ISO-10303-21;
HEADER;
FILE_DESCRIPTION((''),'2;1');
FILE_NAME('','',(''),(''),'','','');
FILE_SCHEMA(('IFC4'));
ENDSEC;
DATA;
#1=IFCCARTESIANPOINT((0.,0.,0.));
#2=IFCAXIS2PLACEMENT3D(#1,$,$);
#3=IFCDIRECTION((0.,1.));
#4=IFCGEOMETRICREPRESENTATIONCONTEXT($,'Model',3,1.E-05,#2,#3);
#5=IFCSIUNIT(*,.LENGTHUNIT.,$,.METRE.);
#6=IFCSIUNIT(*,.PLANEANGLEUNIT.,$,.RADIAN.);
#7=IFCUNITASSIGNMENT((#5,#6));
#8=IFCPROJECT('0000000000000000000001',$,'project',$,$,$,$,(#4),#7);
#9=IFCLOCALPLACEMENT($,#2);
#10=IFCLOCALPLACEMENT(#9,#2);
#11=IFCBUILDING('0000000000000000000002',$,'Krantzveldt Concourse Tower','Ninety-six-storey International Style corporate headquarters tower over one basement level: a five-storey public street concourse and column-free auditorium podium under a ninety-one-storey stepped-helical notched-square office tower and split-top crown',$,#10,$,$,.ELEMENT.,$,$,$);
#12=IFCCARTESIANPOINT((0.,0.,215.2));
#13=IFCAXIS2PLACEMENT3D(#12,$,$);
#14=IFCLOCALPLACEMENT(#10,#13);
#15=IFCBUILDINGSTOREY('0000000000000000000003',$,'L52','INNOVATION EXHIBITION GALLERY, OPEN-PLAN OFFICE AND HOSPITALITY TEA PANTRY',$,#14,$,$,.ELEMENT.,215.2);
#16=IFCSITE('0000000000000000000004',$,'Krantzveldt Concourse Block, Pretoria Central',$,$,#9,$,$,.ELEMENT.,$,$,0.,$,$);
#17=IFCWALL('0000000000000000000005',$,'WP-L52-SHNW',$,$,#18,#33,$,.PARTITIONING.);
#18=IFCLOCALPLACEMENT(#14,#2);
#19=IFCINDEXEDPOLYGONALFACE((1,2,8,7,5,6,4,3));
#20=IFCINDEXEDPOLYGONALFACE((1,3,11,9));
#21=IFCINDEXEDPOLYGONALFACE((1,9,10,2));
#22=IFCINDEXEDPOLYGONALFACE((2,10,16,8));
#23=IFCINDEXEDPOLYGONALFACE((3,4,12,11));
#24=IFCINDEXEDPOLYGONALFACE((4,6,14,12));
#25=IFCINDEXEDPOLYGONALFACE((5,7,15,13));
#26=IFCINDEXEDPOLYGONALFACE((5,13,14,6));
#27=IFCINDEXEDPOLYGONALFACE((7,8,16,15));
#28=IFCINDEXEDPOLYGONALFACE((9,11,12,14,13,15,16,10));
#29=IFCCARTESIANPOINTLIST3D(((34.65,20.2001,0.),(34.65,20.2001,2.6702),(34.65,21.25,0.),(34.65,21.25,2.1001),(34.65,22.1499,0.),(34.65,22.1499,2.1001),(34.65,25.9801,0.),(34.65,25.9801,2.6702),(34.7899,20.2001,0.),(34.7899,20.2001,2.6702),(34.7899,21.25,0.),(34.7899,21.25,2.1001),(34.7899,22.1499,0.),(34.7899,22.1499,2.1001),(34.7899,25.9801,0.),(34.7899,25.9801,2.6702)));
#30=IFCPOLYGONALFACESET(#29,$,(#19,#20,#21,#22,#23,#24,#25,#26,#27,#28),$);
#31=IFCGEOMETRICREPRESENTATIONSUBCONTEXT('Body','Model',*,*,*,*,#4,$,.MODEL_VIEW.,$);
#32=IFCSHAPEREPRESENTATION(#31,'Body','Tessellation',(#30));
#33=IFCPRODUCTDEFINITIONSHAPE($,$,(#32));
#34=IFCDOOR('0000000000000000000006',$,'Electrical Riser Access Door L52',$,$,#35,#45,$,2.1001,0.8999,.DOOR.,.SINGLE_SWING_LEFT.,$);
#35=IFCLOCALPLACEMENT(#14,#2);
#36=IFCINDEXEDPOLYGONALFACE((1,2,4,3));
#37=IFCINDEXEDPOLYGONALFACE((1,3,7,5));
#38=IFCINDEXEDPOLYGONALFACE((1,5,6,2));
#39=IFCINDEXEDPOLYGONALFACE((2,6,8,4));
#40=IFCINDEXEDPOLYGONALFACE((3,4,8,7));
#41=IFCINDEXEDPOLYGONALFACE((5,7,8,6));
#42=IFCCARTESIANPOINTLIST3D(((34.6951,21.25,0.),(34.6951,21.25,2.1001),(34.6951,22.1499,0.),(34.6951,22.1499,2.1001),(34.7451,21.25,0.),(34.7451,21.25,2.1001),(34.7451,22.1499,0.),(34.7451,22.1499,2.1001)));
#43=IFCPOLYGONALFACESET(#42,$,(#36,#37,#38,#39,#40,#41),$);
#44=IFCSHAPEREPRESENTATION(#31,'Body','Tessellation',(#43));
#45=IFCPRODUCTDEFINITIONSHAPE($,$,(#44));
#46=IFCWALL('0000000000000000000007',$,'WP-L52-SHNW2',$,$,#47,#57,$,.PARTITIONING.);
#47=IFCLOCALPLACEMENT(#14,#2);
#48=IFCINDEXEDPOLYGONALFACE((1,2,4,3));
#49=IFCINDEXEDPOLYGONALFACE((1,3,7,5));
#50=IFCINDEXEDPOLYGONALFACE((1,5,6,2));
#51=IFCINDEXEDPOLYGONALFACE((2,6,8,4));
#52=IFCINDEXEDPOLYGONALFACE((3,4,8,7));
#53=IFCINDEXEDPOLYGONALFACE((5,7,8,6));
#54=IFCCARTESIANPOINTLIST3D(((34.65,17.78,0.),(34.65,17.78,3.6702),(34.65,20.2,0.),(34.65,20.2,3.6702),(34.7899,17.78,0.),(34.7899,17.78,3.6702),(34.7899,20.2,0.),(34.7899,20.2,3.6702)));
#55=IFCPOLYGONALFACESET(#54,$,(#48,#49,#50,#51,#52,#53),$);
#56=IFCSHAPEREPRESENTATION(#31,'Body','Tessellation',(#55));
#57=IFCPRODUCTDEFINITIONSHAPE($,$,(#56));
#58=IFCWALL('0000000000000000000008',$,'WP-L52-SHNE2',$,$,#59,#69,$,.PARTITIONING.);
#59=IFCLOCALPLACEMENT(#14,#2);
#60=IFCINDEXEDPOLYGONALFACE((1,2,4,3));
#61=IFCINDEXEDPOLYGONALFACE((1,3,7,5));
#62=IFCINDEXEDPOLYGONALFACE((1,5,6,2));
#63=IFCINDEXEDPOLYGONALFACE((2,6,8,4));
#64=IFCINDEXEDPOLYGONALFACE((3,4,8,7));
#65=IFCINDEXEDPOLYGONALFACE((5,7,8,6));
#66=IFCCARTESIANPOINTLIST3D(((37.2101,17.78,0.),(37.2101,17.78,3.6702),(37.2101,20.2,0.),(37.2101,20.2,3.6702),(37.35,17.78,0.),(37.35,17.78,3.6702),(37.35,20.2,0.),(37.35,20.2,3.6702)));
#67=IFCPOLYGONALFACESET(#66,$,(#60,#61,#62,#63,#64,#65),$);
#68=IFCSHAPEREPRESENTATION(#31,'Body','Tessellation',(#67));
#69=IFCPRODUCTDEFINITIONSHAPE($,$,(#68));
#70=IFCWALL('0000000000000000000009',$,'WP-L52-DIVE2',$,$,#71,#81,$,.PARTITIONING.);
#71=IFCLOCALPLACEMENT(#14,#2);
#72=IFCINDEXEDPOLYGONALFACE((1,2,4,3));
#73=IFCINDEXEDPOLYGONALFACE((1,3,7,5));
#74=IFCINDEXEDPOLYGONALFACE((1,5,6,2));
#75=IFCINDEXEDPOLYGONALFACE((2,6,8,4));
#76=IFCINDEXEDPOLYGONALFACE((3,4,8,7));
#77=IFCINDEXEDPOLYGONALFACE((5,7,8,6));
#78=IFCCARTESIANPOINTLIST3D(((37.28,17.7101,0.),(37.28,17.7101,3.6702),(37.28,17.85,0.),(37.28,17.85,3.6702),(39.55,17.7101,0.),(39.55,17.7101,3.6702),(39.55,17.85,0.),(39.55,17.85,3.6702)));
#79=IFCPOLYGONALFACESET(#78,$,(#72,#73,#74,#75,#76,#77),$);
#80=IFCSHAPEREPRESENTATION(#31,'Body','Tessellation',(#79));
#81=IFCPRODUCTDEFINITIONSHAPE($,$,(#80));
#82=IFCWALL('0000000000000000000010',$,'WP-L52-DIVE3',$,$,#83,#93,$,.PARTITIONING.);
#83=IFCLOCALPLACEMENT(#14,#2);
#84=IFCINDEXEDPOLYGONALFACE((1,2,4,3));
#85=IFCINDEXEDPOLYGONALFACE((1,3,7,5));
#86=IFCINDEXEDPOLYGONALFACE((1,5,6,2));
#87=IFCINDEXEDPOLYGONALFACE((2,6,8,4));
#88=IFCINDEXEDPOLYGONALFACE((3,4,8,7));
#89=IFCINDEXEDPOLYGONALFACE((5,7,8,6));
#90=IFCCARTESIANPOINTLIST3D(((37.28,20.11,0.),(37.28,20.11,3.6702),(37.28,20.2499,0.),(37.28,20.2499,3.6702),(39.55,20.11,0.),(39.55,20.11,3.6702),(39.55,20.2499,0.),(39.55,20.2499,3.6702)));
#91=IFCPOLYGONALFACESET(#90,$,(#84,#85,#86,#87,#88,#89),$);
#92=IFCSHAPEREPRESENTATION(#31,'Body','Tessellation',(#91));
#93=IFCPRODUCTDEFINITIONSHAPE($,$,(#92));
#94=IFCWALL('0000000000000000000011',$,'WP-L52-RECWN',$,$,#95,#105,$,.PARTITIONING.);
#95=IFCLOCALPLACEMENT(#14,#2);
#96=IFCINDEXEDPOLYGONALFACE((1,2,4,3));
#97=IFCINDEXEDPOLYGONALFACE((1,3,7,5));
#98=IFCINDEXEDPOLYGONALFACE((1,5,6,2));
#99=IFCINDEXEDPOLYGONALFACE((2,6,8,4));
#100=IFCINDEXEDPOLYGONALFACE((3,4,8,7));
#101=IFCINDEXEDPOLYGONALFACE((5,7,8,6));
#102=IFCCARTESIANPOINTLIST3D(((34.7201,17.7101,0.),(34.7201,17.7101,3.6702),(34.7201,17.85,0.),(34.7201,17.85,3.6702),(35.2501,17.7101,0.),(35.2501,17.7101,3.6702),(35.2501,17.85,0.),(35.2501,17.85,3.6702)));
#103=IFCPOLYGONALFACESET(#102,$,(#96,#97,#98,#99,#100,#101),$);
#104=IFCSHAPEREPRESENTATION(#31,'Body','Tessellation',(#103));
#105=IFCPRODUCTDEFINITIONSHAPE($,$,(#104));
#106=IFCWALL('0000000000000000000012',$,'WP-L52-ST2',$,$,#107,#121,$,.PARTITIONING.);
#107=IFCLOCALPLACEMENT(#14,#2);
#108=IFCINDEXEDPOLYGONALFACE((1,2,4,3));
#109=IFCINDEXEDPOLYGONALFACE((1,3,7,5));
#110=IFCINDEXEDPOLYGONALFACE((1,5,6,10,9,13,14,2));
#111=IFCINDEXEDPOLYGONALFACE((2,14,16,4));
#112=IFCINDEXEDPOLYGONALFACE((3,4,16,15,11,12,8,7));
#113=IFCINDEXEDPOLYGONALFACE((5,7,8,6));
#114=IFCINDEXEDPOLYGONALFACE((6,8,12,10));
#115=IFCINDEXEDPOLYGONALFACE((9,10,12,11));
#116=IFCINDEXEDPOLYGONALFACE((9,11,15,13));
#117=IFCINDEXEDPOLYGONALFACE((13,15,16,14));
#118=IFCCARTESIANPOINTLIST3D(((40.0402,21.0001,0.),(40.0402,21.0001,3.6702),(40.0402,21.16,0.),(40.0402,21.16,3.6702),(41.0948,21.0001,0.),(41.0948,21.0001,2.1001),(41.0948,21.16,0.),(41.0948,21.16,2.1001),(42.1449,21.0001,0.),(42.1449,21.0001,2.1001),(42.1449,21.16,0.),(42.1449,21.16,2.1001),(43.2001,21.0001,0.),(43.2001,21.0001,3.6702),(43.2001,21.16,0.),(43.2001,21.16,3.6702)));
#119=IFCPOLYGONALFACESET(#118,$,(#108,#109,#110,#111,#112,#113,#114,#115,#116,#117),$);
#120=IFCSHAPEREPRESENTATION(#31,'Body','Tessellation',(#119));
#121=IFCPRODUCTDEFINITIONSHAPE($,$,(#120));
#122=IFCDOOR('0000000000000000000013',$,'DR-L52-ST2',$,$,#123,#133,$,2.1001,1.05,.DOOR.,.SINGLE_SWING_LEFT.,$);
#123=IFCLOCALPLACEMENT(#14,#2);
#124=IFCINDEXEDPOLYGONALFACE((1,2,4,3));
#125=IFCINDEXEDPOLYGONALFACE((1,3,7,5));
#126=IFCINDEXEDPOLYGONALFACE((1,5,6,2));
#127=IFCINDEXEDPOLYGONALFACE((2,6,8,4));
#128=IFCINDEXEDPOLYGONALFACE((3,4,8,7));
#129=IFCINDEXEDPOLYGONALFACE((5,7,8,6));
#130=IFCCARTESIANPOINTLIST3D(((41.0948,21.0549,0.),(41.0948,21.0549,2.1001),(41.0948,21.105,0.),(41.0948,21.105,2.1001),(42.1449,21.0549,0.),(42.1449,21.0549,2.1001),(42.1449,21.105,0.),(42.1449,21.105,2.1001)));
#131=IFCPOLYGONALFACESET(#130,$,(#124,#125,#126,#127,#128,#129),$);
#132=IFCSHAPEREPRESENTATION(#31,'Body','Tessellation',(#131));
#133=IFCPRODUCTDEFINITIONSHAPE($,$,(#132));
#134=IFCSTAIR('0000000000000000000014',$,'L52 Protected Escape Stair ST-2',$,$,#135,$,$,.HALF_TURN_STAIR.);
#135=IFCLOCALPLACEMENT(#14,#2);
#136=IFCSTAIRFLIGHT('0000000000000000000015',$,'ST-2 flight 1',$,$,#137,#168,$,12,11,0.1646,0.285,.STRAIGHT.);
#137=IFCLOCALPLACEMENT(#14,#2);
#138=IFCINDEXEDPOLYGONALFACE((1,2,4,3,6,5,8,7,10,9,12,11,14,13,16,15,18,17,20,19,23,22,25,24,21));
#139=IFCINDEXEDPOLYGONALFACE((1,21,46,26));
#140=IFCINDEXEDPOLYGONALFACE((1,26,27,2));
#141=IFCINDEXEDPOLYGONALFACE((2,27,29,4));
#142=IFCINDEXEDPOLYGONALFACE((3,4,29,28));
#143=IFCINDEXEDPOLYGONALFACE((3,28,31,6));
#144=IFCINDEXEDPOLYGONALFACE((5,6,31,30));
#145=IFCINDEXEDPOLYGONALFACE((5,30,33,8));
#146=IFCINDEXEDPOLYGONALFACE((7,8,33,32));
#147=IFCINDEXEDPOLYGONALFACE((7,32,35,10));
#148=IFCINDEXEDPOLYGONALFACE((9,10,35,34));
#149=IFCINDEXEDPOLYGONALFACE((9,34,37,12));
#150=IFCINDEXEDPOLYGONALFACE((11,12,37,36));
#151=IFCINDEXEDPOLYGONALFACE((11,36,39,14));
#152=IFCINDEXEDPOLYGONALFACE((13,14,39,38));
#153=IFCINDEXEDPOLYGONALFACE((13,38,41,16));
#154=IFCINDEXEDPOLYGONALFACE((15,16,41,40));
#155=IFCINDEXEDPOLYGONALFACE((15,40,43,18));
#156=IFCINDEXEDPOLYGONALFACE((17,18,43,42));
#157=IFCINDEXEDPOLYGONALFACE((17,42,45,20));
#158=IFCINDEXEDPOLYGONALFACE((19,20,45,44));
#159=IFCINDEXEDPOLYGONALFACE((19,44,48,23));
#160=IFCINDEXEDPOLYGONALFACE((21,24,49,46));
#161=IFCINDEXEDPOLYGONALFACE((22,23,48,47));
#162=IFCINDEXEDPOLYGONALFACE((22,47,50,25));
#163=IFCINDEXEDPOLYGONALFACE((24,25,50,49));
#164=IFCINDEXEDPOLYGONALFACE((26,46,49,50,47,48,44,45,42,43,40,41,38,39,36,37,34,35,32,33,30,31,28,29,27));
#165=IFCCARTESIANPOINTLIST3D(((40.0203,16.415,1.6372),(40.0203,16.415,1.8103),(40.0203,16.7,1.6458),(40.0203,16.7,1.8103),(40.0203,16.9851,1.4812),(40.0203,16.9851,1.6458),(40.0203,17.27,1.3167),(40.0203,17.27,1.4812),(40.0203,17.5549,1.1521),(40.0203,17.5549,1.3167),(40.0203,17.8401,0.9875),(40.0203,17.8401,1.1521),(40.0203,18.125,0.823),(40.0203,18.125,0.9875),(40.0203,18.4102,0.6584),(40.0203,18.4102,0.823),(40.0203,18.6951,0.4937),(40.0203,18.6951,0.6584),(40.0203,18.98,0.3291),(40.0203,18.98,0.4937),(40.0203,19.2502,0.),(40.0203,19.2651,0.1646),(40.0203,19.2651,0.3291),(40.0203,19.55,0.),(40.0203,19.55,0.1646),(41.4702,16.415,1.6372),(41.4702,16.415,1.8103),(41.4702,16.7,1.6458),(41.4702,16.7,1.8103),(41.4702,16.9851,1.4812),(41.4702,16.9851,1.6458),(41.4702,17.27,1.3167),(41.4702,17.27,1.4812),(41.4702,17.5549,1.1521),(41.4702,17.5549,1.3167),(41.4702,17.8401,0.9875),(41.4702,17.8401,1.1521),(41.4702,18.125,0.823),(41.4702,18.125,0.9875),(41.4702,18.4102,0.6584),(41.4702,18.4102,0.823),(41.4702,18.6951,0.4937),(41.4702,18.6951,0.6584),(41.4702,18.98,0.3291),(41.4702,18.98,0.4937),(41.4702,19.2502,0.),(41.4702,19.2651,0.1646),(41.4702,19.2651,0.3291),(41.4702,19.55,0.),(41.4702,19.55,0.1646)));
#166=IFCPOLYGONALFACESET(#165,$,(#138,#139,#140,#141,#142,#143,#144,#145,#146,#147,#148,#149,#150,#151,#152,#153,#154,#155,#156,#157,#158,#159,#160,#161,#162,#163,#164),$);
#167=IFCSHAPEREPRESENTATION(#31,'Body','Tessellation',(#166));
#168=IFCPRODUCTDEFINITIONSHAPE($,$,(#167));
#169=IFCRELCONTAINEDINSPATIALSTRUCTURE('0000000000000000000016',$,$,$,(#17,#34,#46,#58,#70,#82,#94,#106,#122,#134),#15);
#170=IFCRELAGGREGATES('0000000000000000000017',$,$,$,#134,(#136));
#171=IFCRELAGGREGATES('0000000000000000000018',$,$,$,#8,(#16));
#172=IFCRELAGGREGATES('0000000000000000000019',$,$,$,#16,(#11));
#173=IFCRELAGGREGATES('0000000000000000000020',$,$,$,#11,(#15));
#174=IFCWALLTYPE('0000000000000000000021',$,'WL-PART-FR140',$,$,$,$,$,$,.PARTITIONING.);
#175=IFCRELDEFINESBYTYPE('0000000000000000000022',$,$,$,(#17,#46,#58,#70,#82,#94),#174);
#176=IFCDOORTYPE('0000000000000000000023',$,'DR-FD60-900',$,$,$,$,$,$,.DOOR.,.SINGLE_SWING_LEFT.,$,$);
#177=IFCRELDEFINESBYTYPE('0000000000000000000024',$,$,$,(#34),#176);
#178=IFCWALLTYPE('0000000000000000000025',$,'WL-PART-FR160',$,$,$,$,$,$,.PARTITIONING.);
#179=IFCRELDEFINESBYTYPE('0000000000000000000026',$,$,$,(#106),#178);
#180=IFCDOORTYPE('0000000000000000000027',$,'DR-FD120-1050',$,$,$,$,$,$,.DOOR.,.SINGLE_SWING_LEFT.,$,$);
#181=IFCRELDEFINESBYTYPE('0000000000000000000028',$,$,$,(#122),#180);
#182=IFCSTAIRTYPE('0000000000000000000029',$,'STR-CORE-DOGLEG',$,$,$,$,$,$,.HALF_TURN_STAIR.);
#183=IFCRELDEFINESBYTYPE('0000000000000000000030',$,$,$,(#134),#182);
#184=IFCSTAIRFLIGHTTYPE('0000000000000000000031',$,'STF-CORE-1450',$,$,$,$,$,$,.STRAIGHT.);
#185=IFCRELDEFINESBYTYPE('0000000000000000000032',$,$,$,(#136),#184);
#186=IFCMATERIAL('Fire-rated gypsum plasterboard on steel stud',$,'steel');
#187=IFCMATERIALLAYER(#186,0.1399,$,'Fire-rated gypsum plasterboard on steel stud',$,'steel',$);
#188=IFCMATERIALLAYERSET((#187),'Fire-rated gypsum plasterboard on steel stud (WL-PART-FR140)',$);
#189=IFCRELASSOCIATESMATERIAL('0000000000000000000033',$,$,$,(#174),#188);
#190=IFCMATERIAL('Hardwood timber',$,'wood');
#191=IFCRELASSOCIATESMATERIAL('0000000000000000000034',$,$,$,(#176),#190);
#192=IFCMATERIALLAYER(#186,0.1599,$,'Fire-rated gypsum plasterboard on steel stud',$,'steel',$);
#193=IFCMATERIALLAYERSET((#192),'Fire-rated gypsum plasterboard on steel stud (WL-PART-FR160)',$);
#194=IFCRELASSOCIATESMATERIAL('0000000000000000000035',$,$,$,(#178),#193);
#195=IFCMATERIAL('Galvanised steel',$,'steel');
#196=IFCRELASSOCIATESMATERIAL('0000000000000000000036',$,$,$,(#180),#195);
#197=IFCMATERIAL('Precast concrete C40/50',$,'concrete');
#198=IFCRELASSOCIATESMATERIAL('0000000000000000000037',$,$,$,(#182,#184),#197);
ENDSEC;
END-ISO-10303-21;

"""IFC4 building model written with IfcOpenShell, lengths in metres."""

from ifc_helpers import new_model, si_unit, direction, frame, frame_2d, origin, place, context, subcontext, project, spatial, polyline, rectangle, outline, extrude, material, layer, layer_set, type_object, element, fill, aggregate, save


model = new_model("IFC4")

# Units and contexts
model_context = context("Model", 3, precision=1e-05, world=origin(), true_north=direction((0.0, 1.0)))
body_context = subcontext(model_context, "Body", "Model", "MODEL_VIEW")
ifc_project = project(units=[si_unit("LENGTHUNIT", "METRE"), si_unit("PLANEANGLEUNIT", "RADIAN")], contexts=[model_context])

# Site, building, storey
site_placement = place(None, origin())
site = spatial("IfcSite", under=ifc_project, at=site_placement, Name="Krantzveldt Concourse Block, Pretoria Central", CompositionType="ELEMENT", RefElevation=0.0)
building_placement = place(site_placement, origin())
building = spatial("IfcBuilding", under=site, at=building_placement, Name="Krantzveldt Concourse Tower", Description="Ninety-six-storey International Style corporate headquarters tower over one basement level: a five-storey public street concourse and column-free auditorium podium under a ninety-one-storey stepped-helical notched-square office tower and split-top crown", CompositionType="ELEMENT")
storey_placement = place(building_placement, frame((0.0, 0.0, 215.2)))
storey = spatial("IfcBuildingStorey", under=building, at=storey_placement, Name="L52", Description="INNOVATION EXHIBITION GALLERY, OPEN-PLAN OFFICE AND HOSPITALITY TEA PANTRY", CompositionType="ELEMENT", Elevation=215.2)

# Wall, opening, door
ifc_material_1 = material(Name="Fire-rated gypsum plasterboard on steel stud", Category="steel")
ifc_layer_1 = layer(ifc_material_1, 0.1399, Name="Fire-rated gypsum plasterboard on steel stud", Category="steel")
ifc_layer_set_1 = layer_set([ifc_layer_1], Name="Fire-rated gypsum plasterboard on steel stud (WL-PART-FR140)")
wall_type_1 = type_object("IfcWallType", Name="WL-PART-FR140", PredefinedType="PARTITIONING", material=ifc_layer_set_1)
wall_1_placement = place(storey_placement, frame((34.72, 20.2, 0.0), z_axis=(0.0, 0.0, 1.0), x_axis=(0.0, 1.0, 0.0)))
wall_1 = element("IfcWall", 1, at=wall_1_placement, inside=storey, type_object=wall_type_1, Name="WP-L52-SHNW", PredefinedType="PARTITIONING", context=body_context, shape_type="SweptSolid", body=[
    extrude(rectangle(XDim=5.78, YDim=0.1399, at=frame_2d((2.8901, 0.0))), origin(), (0.0, 0.0, 1.0), 2.6702),
])
opening_1_placement = place(wall_1_placement, frame((1.05, 0.0, 0.0)))
opening_1 = element("IfcOpeningElement", 2, at=opening_1_placement, cuts=wall_1, PredefinedType="OPENING", context=body_context, shape_type="SweptSolid", body=[
    extrude(rectangle(XDim=0.8999, YDim=2.1001, at=frame_2d((0.45, 1.05))), frame((0.0, 0.0801, 0.0), z_axis=(0.0, -1.0, 0.0), x_axis=(1.0, 0.0, 0.0)), (0.0, 0.0, 1.0), 0.1599),
])
ifc_material_2 = material(Name="Hardwood timber", Category="wood")
door_type_1 = type_object("IfcDoorType", Name="DR-FD60-900", OperationType="SINGLE_SWING_LEFT", PredefinedType="DOOR", material=ifc_material_2)
door_1_placement = place(opening_1_placement, origin())
door_1 = element("IfcDoor", 3, at=door_1_placement, inside=storey, type_object=door_type_1, Name="Electrical Riser Access Door L52", OperationType="SINGLE_SWING_LEFT", OverallHeight=2.1001, OverallWidth=0.8999, PredefinedType="DOOR", context=body_context, shape_type="SweptSolid", body=[
    extrude(rectangle(XDim=0.8999, YDim=2.1001, at=frame_2d((0.45, 1.05))), frame((0.0, 0.0249, 0.0), z_axis=(0.0, -1.0, 0.0), x_axis=(1.0, 0.0, 0.0)), (0.0, 0.0, 1.0), 0.05),
])
fill(opening_1, door_1)

# Walls
for number, where, z_axis, x_axis, name in (
    (4, (34.72, 17.78, 0.0), (0.0, 0.0, 1.0), (0.0, 1.0, 0.0), "WP-L52-SHNW2"),
    (5, (37.28, 17.78, 0.0), (0.0, 0.0, 1.0), (0.0, 1.0, 0.0), "WP-L52-SHNE2"),
):
    element("IfcWall", number, at=place(storey_placement, frame(where, z_axis=z_axis, x_axis=x_axis)), inside=storey, type_object=wall_type_1, Name=name, PredefinedType="PARTITIONING", context=body_context, shape_type="SweptSolid", body=[
        extrude(rectangle(XDim=2.4199, YDim=0.1399, at=frame_2d((1.21, 0.0))), origin(), (0.0, 0.0, 1.0), 3.6702),
    ])
for number, where, z_axis, x_axis, name in (
    (6, (37.28, 17.78, 0.0), (0.0, 0.0, 1.0), (1.0, 0.0, 0.0), "WP-L52-DIVE2"),
    (7, (37.28, 20.1799, 0.0), (0.0, 0.0, 1.0), (1.0, 0.0, 0.0), "WP-L52-DIVE3"),
):
    element("IfcWall", number, at=place(storey_placement, frame(where, z_axis=z_axis, x_axis=x_axis)), inside=storey, type_object=wall_type_1, Name=name, PredefinedType="PARTITIONING", context=body_context, shape_type="SweptSolid", body=[
        extrude(rectangle(XDim=2.27, YDim=0.1399, at=frame_2d((1.135, 0.0))), origin(), (0.0, 0.0, 1.0), 3.6702),
    ])
wall_2_placement = place(storey_placement, frame((34.72, 17.78, 0.0), z_axis=(0.0, 0.0, 1.0), x_axis=(1.0, 0.0, 0.0)))
element("IfcWall", 8, at=wall_2_placement, inside=storey, type_object=wall_type_1, Name="WP-L52-RECWN", PredefinedType="PARTITIONING", context=body_context, shape_type="SweptSolid", body=[
    extrude(rectangle(XDim=0.53, YDim=0.1399, at=frame_2d((0.2651, 0.0))), origin(), (0.0, 0.0, 1.0), 3.6702),
])

# Wall, opening, door
ifc_layer_2 = layer(ifc_material_1, 0.1599, Name="Fire-rated gypsum plasterboard on steel stud", Category="steel")
ifc_layer_set_2 = layer_set([ifc_layer_2], Name="Fire-rated gypsum plasterboard on steel stud (WL-PART-FR160)")
wall_type_2 = type_object("IfcWallType", Name="WL-PART-FR160", PredefinedType="PARTITIONING", material=ifc_layer_set_2)
wall_3_placement = place(storey_placement, frame((40.04, 21.0801, 0.0), z_axis=(0.0, 0.0, 1.0), x_axis=(1.0, 0.0, 0.0)))
wall_3 = element("IfcWall", 9, at=wall_3_placement, inside=storey, type_object=wall_type_2, Name="WP-L52-ST2", PredefinedType="PARTITIONING", context=body_context, shape_type="SweptSolid", body=[
    extrude(rectangle(XDim=3.1599, YDim=0.1599, at=frame_2d((1.5801, 0.0))), origin(), (0.0, 0.0, 1.0), 3.6702),
])
opening_2_placement = place(wall_3_placement, frame((1.0549, 0.0, 0.0)))
opening_2 = element("IfcOpeningElement", 10, at=opening_2_placement, cuts=wall_3, PredefinedType="OPENING", context=body_context, shape_type="SweptSolid", body=[
    extrude(rectangle(XDim=1.05, YDim=2.1001, at=frame_2d((0.5249, 1.05))), frame((0.0, 0.0898, 0.0), z_axis=(0.0, -1.0, 0.0), x_axis=(1.0, 0.0, 0.0)), (0.0, 0.0, 1.0), 0.1799),
])
ifc_material_3 = material(Name="Galvanised steel", Category="steel")
door_type_2 = type_object("IfcDoorType", Name="DR-FD120-1050", OperationType="SINGLE_SWING_LEFT", PredefinedType="DOOR", material=ifc_material_3)
door_2_placement = place(opening_2_placement, origin())
door_2 = element("IfcDoor", 11, at=door_2_placement, inside=storey, type_object=door_type_2, Name="DR-L52-ST2", OperationType="SINGLE_SWING_LEFT", OverallHeight=2.1001, OverallWidth=1.05, PredefinedType="DOOR", context=body_context, shape_type="SweptSolid", body=[
    extrude(rectangle(XDim=1.05, YDim=2.1001, at=frame_2d((0.5249, 1.05))), frame((0.0, 0.0249, 0.0), z_axis=(0.0, -1.0, 0.0), x_axis=(1.0, 0.0, 0.0)), (0.0, 0.0, 1.0), 0.05),
])
fill(opening_2, door_2)

# Stair, stair flight
ifc_material_4 = material(Name="Precast concrete C40/50", Category="concrete")
stair_type = type_object("IfcStairType", Name="STR-CORE-DOGLEG", PredefinedType="HALF_TURN_STAIR", material=ifc_material_4)
stair_placement = place(storey_placement, origin())
stair = element("IfcStair", 12, at=stair_placement, inside=storey, type_object=stair_type, Name="L52 Protected Escape Stair ST-2", PredefinedType="HALF_TURN_STAIR")
stair_flight_type = type_object("IfcStairFlightType", Name="STF-CORE-1450", PredefinedType="STRAIGHT", material=ifc_material_4)
stair_flight_1_placement = place(storey_placement, frame((40.7451, 19.55, 0.0), z_axis=(0.0, 0.0, 1.0), x_axis=(0.0, -1.0, 0.0)))
stair_flight_1 = element("IfcStairFlight", 13, at=stair_flight_1_placement, type_object=stair_flight_type, Name="ST-2 flight 1", NumberOfRisers=12, NumberOfTreads=11, PredefinedType="STRAIGHT", RiserHeight=0.1646, TreadLength=0.285, context=body_context, shape_type="SweptSolid", body=[
    extrude(outline(polyline([(0.0, 0.0), (0.0, 0.1646), (0.2849, 0.1646), (0.2849, 0.3291), (0.5701, 0.3291), (0.5701, 0.4937), (0.855, 0.4937), (0.855, 0.6584), (1.1399, 0.6584), (1.1399, 0.823), (1.425, 0.823), (1.425, 0.9875), (1.71, 0.9875), (1.71, 1.1521), (1.9951, 1.1521), (1.9951, 1.3167), (2.28, 1.3167), (2.28, 1.4812), (2.5649, 1.4812), (2.5649, 1.6458), (2.8501, 1.6458), (2.8501, 1.8103), (3.135, 1.8103), (3.135, 1.9751), (3.135, 1.6372), (0.2998, 0.0), (0.0, 0.0)])), frame((0.0, 0.7251, 0.0), z_axis=(0.0, -1.0, 0.0), x_axis=(1.0, 0.0, 0.0)), (0.0, 0.0, 1.0), 1.45),
])
aggregate(stair, [stair_flight_1])

save(model, "model.ifc")
